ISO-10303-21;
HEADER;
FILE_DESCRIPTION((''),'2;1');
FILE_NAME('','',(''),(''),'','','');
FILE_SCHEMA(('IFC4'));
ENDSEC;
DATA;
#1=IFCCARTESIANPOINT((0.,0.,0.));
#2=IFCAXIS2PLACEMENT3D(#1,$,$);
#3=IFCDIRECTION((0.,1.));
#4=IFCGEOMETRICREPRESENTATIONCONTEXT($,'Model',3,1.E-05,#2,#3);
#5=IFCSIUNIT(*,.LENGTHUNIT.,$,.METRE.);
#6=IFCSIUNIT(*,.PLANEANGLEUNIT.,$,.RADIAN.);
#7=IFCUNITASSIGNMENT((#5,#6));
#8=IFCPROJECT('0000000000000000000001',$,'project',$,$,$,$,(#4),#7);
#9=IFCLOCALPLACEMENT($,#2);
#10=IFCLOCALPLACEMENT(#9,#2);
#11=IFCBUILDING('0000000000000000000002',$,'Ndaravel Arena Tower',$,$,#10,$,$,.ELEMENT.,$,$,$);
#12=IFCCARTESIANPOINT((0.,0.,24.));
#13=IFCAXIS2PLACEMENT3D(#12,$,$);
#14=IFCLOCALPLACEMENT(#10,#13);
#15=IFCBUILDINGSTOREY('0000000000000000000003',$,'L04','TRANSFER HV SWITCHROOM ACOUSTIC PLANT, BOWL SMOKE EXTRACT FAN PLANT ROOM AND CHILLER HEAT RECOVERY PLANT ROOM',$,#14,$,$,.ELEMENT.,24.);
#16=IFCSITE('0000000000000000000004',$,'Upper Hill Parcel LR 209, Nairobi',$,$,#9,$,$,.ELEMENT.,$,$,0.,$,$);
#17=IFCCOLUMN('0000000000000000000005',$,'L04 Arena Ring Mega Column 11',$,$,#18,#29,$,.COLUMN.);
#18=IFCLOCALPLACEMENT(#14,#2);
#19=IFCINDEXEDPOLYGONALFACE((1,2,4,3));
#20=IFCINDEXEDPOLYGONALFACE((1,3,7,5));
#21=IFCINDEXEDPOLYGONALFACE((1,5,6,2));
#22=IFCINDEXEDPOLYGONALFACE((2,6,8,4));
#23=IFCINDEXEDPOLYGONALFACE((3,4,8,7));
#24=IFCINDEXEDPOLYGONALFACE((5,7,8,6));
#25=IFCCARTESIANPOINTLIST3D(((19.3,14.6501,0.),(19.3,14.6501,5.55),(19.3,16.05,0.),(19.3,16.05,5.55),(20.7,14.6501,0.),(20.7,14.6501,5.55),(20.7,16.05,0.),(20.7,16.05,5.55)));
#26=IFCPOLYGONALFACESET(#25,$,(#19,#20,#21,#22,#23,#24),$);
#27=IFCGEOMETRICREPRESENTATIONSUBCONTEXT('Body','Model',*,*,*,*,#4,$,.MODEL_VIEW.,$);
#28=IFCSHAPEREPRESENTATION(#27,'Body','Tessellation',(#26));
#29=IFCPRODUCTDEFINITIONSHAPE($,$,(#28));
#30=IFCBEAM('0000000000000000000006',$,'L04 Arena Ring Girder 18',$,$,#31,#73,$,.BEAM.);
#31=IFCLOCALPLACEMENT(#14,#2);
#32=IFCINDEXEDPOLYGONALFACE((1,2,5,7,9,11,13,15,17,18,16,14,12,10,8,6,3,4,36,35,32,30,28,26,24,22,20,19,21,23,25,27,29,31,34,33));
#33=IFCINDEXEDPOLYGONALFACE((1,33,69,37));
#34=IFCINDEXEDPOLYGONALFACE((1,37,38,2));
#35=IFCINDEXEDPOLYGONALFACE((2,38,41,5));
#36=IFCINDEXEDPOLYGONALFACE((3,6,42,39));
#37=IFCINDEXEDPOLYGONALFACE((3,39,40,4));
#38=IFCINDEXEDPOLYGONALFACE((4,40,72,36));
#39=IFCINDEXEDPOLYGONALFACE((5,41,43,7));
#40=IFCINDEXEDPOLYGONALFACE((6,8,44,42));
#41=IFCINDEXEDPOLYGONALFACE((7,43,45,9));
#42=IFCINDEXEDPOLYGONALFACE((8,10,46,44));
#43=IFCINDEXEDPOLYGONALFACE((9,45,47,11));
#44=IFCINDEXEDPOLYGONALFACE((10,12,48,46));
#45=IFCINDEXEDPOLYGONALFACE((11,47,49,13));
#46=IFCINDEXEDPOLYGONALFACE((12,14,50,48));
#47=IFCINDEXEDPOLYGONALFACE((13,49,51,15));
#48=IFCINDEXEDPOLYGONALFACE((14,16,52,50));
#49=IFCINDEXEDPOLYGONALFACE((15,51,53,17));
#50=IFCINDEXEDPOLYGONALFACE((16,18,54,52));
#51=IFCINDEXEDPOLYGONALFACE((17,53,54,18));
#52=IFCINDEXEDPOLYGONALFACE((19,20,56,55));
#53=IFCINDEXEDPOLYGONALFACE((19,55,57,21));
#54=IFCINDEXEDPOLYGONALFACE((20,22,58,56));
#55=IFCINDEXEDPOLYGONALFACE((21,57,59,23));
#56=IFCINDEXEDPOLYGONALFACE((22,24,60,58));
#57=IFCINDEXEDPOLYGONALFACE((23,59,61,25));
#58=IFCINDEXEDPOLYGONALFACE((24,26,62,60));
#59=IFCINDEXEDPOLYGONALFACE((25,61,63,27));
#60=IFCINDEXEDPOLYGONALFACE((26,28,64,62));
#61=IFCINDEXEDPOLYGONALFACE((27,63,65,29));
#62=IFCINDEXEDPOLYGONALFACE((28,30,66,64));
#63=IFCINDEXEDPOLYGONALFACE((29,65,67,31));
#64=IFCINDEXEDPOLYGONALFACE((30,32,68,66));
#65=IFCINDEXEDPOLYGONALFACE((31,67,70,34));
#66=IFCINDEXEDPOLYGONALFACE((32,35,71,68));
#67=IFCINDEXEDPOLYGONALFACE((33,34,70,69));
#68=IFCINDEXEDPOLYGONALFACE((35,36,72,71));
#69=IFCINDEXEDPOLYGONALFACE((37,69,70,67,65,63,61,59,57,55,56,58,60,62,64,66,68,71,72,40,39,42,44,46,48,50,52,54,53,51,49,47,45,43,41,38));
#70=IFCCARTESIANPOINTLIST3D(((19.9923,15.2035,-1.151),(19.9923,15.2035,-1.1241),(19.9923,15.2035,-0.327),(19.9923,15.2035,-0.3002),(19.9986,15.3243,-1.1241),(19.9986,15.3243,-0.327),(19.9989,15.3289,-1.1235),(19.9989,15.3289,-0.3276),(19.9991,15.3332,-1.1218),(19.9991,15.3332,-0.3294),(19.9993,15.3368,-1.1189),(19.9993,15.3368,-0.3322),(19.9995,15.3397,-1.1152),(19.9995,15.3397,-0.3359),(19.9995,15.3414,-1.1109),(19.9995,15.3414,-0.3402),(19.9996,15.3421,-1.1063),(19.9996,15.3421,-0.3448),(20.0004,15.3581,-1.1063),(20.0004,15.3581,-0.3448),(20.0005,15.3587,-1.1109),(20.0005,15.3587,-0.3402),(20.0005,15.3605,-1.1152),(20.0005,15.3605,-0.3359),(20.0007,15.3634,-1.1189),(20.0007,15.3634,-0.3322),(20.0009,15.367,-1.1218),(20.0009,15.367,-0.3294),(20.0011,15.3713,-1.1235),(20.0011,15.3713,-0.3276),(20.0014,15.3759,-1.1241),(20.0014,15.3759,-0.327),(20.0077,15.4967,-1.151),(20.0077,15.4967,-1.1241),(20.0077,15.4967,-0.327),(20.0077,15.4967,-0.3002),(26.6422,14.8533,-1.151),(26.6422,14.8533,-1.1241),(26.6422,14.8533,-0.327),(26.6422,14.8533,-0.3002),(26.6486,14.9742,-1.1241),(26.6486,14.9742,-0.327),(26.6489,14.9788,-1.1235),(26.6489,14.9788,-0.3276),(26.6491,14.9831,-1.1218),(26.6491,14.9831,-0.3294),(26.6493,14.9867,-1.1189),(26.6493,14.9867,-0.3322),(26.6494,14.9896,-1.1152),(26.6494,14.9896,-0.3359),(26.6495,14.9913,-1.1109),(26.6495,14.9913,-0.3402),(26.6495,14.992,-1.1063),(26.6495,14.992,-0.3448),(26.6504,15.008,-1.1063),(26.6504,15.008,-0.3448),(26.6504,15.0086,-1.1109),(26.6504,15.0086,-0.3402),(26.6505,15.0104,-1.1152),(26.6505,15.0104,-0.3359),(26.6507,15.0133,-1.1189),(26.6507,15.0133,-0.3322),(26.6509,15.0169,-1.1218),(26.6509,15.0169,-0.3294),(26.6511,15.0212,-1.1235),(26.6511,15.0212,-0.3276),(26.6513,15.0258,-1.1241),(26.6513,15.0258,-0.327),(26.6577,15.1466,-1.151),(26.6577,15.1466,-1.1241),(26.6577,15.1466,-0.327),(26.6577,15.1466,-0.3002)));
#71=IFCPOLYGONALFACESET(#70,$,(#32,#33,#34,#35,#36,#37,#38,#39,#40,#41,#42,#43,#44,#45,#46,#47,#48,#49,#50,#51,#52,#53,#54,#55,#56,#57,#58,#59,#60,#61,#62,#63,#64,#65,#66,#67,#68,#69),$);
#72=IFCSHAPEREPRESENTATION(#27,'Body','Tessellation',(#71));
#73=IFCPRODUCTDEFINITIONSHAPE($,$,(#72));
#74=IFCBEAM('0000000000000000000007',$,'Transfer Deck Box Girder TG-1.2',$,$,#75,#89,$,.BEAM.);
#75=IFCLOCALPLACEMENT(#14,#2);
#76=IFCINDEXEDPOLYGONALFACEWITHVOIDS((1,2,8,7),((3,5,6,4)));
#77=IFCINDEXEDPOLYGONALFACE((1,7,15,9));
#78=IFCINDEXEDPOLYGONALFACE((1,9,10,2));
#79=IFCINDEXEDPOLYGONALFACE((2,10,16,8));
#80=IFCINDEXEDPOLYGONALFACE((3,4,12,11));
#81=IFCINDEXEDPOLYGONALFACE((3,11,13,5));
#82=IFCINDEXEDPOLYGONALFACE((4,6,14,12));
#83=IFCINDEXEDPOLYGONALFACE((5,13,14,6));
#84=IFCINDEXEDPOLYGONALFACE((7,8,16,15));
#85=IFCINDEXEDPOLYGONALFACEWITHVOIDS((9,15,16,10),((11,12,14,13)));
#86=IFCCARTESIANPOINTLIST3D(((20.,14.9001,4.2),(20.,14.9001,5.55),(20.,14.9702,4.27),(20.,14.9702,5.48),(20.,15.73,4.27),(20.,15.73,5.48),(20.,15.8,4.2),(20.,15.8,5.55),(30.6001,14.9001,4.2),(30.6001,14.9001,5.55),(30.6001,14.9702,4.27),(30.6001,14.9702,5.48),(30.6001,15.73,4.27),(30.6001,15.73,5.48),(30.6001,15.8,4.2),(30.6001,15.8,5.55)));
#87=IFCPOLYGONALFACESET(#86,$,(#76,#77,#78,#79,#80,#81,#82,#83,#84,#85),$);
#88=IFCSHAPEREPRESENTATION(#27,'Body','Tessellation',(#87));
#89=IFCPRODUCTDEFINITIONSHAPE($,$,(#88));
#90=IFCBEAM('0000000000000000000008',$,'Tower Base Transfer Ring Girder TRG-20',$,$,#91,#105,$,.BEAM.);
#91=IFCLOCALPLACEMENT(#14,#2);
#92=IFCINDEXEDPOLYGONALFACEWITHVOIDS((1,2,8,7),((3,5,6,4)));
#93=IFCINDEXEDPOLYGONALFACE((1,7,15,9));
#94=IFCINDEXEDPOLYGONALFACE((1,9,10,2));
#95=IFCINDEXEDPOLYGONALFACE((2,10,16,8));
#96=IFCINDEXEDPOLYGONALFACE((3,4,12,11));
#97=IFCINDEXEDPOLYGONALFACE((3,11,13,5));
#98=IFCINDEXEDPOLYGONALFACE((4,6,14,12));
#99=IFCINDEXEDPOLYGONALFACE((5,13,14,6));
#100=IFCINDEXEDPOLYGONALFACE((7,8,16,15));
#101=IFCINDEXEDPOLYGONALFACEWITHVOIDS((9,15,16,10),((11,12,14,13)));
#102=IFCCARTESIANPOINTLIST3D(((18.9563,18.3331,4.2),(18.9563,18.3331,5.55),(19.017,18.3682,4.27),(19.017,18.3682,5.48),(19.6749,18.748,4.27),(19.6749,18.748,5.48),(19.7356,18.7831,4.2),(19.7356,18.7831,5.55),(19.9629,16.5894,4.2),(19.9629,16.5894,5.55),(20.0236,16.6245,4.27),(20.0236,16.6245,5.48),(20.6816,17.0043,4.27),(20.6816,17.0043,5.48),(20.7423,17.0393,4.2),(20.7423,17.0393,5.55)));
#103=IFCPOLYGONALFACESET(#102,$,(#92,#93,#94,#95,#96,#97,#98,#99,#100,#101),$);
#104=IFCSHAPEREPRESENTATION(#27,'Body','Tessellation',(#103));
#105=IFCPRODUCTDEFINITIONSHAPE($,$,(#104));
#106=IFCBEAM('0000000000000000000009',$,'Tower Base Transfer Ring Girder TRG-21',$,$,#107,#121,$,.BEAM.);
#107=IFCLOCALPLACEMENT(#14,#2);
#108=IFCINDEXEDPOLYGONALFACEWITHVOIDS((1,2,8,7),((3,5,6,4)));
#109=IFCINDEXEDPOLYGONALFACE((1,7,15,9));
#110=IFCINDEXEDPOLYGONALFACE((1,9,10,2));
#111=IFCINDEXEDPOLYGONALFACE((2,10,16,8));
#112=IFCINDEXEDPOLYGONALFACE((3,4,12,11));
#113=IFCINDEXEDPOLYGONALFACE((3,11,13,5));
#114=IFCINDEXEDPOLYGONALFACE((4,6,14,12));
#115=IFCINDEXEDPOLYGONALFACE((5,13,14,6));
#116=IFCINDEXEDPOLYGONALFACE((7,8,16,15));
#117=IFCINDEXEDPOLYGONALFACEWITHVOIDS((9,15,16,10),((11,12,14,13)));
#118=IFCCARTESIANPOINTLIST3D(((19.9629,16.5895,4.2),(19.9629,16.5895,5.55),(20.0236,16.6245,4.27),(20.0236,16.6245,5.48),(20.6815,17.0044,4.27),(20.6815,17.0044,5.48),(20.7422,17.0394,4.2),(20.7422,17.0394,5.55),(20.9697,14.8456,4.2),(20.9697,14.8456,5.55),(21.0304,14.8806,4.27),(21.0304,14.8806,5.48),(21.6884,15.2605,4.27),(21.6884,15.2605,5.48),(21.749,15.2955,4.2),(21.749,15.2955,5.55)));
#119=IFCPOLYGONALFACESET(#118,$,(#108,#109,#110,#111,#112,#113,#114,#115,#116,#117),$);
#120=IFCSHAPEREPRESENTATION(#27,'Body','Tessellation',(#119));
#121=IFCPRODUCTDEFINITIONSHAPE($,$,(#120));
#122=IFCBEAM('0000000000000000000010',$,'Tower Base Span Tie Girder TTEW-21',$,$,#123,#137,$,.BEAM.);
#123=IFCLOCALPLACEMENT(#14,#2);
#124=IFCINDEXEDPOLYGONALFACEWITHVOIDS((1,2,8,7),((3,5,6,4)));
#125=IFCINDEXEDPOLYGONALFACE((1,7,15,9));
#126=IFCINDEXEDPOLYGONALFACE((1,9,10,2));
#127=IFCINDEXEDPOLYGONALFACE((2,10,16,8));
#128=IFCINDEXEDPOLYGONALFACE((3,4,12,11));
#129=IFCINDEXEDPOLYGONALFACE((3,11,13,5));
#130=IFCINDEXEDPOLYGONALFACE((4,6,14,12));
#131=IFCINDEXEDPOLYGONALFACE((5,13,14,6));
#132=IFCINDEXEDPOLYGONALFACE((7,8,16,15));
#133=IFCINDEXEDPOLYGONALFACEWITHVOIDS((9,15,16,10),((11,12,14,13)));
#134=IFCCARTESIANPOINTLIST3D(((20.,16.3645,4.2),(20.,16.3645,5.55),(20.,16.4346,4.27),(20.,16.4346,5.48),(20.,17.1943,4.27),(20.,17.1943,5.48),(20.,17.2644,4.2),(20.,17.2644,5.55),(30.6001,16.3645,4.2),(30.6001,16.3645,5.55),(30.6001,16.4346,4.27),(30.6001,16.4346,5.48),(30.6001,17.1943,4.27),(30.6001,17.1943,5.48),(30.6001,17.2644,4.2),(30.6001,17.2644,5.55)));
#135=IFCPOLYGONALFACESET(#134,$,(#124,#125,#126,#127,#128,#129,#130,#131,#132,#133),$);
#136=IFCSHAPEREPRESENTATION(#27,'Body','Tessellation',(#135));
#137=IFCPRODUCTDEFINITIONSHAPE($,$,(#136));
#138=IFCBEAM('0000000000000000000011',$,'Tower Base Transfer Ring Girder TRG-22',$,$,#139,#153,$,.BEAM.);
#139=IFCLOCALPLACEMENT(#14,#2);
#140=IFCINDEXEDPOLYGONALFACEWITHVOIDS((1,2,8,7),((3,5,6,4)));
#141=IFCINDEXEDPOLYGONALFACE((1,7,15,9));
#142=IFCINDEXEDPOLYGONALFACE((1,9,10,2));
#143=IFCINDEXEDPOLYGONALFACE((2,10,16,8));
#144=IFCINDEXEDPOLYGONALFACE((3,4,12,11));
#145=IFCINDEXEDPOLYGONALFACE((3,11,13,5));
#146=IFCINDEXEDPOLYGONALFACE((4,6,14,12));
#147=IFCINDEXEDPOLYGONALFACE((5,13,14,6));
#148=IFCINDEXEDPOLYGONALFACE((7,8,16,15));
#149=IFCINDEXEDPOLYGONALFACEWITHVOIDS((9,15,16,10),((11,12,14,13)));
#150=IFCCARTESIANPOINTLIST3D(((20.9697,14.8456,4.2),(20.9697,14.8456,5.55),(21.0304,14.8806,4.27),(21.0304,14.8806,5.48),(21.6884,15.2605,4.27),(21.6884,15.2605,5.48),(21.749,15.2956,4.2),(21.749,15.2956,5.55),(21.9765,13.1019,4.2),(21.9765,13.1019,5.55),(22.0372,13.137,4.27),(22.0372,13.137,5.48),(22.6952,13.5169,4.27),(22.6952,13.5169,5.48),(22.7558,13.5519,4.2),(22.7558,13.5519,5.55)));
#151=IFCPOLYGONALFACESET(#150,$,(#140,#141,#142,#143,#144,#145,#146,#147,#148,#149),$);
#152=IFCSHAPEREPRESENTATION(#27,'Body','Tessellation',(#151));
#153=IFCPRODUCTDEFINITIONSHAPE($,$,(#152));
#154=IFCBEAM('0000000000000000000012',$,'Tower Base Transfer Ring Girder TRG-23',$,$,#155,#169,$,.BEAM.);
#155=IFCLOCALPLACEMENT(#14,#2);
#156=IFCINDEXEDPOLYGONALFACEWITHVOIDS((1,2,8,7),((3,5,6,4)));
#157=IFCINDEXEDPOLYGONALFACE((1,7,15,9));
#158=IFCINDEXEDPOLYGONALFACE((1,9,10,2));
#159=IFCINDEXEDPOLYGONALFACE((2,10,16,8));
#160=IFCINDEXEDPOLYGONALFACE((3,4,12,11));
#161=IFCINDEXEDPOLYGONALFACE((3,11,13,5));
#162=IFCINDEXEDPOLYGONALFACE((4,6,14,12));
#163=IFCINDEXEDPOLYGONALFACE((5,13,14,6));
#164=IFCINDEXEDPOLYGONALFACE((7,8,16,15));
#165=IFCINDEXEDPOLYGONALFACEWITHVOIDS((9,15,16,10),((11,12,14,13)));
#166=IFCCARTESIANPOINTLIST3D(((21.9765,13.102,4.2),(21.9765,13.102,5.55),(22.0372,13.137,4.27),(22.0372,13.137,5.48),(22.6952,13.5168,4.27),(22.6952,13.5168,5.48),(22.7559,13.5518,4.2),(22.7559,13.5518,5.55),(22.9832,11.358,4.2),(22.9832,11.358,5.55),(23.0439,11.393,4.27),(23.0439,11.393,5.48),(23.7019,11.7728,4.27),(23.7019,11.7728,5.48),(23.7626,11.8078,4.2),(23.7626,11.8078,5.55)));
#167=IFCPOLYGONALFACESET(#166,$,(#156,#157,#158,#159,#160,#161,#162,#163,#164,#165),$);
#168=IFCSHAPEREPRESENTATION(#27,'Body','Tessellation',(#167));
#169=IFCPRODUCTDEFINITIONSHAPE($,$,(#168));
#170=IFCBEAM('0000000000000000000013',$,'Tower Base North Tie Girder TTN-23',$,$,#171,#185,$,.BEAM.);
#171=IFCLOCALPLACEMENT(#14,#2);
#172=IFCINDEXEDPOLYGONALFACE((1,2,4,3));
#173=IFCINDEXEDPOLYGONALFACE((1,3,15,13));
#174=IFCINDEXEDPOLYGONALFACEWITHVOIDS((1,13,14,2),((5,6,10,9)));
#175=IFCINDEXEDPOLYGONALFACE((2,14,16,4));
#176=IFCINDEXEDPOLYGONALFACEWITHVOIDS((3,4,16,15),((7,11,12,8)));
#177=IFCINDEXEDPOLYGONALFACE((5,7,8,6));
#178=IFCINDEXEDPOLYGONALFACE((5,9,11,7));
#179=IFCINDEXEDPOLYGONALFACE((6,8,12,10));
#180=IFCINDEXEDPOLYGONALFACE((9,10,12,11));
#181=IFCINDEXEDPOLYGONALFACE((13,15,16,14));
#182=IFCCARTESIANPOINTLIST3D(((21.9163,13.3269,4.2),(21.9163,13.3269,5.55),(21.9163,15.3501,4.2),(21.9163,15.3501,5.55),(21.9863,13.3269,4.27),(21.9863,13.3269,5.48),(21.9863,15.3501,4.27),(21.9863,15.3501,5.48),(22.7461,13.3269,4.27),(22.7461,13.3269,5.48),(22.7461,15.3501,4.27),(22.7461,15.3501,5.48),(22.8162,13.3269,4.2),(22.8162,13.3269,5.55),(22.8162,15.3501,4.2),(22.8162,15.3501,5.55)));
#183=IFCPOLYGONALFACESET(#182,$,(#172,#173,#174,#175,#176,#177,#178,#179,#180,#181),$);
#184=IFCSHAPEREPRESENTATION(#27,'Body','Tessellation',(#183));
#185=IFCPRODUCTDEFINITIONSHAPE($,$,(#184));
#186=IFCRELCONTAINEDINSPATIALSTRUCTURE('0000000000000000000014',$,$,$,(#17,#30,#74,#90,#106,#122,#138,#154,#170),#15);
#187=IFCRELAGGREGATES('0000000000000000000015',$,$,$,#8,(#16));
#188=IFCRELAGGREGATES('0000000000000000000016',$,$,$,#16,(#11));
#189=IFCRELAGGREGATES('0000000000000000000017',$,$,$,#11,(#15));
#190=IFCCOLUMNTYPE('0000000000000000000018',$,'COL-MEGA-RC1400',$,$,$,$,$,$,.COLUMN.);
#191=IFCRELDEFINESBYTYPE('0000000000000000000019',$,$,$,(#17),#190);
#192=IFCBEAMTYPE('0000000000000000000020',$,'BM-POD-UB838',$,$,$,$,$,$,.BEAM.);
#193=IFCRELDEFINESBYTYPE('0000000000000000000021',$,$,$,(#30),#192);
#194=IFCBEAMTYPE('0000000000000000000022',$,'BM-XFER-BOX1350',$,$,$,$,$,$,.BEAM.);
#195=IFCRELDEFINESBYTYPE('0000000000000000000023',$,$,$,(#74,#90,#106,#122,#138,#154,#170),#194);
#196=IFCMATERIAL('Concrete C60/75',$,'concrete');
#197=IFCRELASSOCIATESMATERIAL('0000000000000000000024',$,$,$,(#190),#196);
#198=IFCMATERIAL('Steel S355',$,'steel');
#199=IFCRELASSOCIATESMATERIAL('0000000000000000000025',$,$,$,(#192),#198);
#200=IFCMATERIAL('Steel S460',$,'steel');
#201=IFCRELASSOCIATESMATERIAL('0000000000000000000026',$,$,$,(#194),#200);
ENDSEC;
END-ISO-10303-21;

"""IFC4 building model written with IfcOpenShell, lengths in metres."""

from ifc_helpers import new_model, si_unit, direction, frame, origin, origin_2d, place, context, subcontext, project, spatial, rectangle, hollow_rectangle, i_section, extrude, material, material_profile, profile_set, type_object, element, save


model = new_model("IFC4")

# Units and contexts
model_context = context("Model", 3, precision=1e-05, world=origin(), true_north=direction((0.0, 1.0)))
body_context = subcontext(model_context, "Body", "Model", "MODEL_VIEW")
ifc_project = project(units=[si_unit("LENGTHUNIT", "METRE"), si_unit("PLANEANGLEUNIT", "RADIAN")], contexts=[model_context])

# Site, building, storey
site_placement = place(None, origin())
site = spatial("IfcSite", under=ifc_project, at=site_placement, Name="Upper Hill Parcel LR 209, Nairobi", CompositionType="ELEMENT", RefElevation=0.0)
building_placement = place(site_placement, origin())
building = spatial("IfcBuilding", under=site, at=building_placement, Name="Ndaravel Arena Tower", CompositionType="ELEMENT")
storey_placement = place(building_placement, frame((0.0, 0.0, 24.0)))
storey = spatial("IfcBuildingStorey", under=building, at=storey_placement, Name="L04", Description="TRANSFER HV SWITCHROOM ACOUSTIC PLANT, BOWL SMOKE EXTRACT FAN PLANT ROOM AND CHILLER HEAT RECOVERY PLANT ROOM", CompositionType="ELEMENT", Elevation=24.0)

# Column
ifc_material_1 = material(Name="Concrete C60/75", Category="concrete")
ifc_material_profile_1 = material_profile(ifc_material_1, rectangle(XDim=1.3999, YDim=1.3999, at=origin_2d()), Name="RC 1400x1400")
ifc_profile_set_1 = profile_set([ifc_material_profile_1], Name="Concrete C60/75")
column_type = type_object("IfcColumnType", Name="COL-MEGA-RC1400", PredefinedType="COLUMN", material=ifc_profile_set_1)
column_placement = place(storey_placement, frame((20.0, 15.3501, 0.0), z_axis=(0.0, 0.0, 1.0), x_axis=(1.0, 0.0, 0.0)))
element("IfcColumn", 1, at=column_placement, inside=storey, type_object=column_type, Name="L04 Arena Ring Mega Column 11", PredefinedType="COLUMN", context=body_context, shape_type="SweptSolid", body=[
    extrude(rectangle(XDim=1.3999, YDim=1.3999, at=origin_2d()), origin(), (0.0, 0.0, 1.0), 5.55),
])

# Beams
ifc_material_2 = material(Name="Steel S355", Category="steel")
ifc_material_profile_2 = material_profile(ifc_material_2, i_section(OverallWidth=0.2937, OverallDepth=0.8508, WebThickness=0.0161, FlangeThickness=0.0269, FilletRadius=0.0178, at=origin_2d()), Name="UB 838x292x226")
ifc_profile_set_2 = profile_set([ifc_material_profile_2], Name="Steel S355")
beam_type_1 = type_object("IfcBeamType", Name="BM-POD-UB838", PredefinedType="BEAM", material=ifc_profile_set_2)
beam_1_placement = place(storey_placement, frame((20.0, 15.3501, -0.7256), z_axis=(0.998617, -0.052574, 0.0), x_axis=(0.052574, 0.998617, 0.0)))
element("IfcBeam", 2, at=beam_1_placement, inside=storey, type_object=beam_type_1, Name="L04 Arena Ring Girder 18", PredefinedType="BEAM", context=body_context, shape_type="SweptSolid", body=[
    extrude(i_section(OverallWidth=0.2937, OverallDepth=0.8508, WebThickness=0.0161, FlangeThickness=0.0269, FilletRadius=0.0178, at=origin_2d()), origin(), (0.0, 0.0, 1.0), 6.6592),
])
ifc_material_3 = material(Name="Steel S460", Category="steel")
ifc_material_profile_3 = material_profile(ifc_material_3, hollow_rectangle(XDim=0.8999, YDim=1.3501, WallThickness=0.0701, at=origin_2d()), Name="BOX 1350x900x70")
ifc_profile_set_3 = profile_set([ifc_material_profile_3], Name="Steel S460")
beam_type_2 = type_object("IfcBeamType", Name="BM-XFER-BOX1350", PredefinedType="BEAM", material=ifc_profile_set_3)
beam_2_placement = place(storey_placement, frame((20.0, 15.3501, 4.875), z_axis=(1.0, 0.0, 0.0), x_axis=(0.0, 1.0, 0.0)))
element("IfcBeam", 3, at=beam_2_placement, inside=storey, type_object=beam_type_2, Name="Transfer Deck Box Girder TG-1.2", PredefinedType="BEAM", context=body_context, shape_type="SweptSolid", body=[
    extrude(hollow_rectangle(XDim=0.8999, YDim=1.3501, WallThickness=0.0701, at=origin_2d()), origin(), (0.0, 0.0, 1.0), 10.6001),
])
beam_3_placement = place(storey_placement, frame((19.3459, 18.5581, 4.875), z_axis=(0.49996, -0.866048, 0.0), x_axis=(0.866048, 0.49996, 0.0)))
element("IfcBeam", 4, at=beam_3_placement, inside=storey, type_object=beam_type_2, Name="Tower Base Transfer Ring Girder TRG-20", PredefinedType="BEAM", context=body_context, shape_type="SweptSolid", body=[
    extrude(hollow_rectangle(XDim=0.8999, YDim=1.3501, WallThickness=0.0701, at=origin_2d()), origin(), (0.0, 0.0, 1.0), 2.0134),
])
beam_4_placement = place(storey_placement, frame((20.3525, 16.8145, 4.875), z_axis=(0.499999, -0.866026, 0.0), x_axis=(0.866026, 0.499999, 0.0)))
element("IfcBeam", 5, at=beam_4_placement, inside=storey, type_object=beam_type_2, Name="Tower Base Transfer Ring Girder TRG-21", PredefinedType="BEAM", context=body_context, shape_type="SweptSolid", body=[
    extrude(hollow_rectangle(XDim=0.8999, YDim=1.3501, WallThickness=0.0701, at=origin_2d()), origin(), (0.0, 0.0, 1.0), 2.0137),
])
beam_5_placement = place(storey_placement, frame((20.0, 16.8145, 4.875), z_axis=(1.0, 0.0, 0.0), x_axis=(0.0, 1.0, 0.0)))
element("IfcBeam", 6, at=beam_5_placement, inside=storey, type_object=beam_type_2, Name="Tower Base Span Tie Girder TTEW-21", PredefinedType="BEAM", context=body_context, shape_type="SweptSolid", body=[
    extrude(hollow_rectangle(XDim=0.8999, YDim=1.3501, WallThickness=0.0701, at=origin_2d()), origin(), (0.0, 0.0, 1.0), 10.6001),
])
beam_6_placement = place(storey_placement, frame((21.3594, 15.0706, 4.875), z_axis=(0.500051, -0.865996, 0.0), x_axis=(0.865996, 0.500051, 0.0)))
element("IfcBeam", 7, at=beam_6_placement, inside=storey, type_object=beam_type_2, Name="Tower Base Transfer Ring Girder TRG-22", PredefinedType="BEAM", context=body_context, shape_type="SweptSolid", body=[
    extrude(hollow_rectangle(XDim=0.8999, YDim=1.3501, WallThickness=0.0701, at=origin_2d()), origin(), (0.0, 0.0, 1.0), 2.0134),
])
beam_7_placement = place(storey_placement, frame((22.3662, 13.3269, 4.875), z_axis=(0.499908, -0.866079, 0.0), x_axis=(0.866079, 0.499908, 0.0)))
element("IfcBeam", 8, at=beam_7_placement, inside=storey, type_object=beam_type_2, Name="Tower Base Transfer Ring Girder TRG-23", PredefinedType="BEAM", context=body_context, shape_type="SweptSolid", body=[
    extrude(hollow_rectangle(XDim=0.8999, YDim=1.3501, WallThickness=0.0701, at=origin_2d()), origin(), (0.0, 0.0, 1.0), 2.0137),
])
beam_8_placement = place(storey_placement, frame((22.3662, 13.3269, 4.875), z_axis=(0.0, 1.0, 0.0), x_axis=(-1.0, 0.0, 0.0)))
element("IfcBeam", 9, at=beam_8_placement, inside=storey, type_object=beam_type_2, Name="Tower Base North Tie Girder TTN-23", PredefinedType="BEAM", context=body_context, shape_type="SweptSolid", body=[
    extrude(hollow_rectangle(XDim=0.8999, YDim=1.3501, WallThickness=0.0701, at=origin_2d()), origin(), (0.0, 0.0, 1.0), 2.0232),
])

save(model, "model.ifc")
